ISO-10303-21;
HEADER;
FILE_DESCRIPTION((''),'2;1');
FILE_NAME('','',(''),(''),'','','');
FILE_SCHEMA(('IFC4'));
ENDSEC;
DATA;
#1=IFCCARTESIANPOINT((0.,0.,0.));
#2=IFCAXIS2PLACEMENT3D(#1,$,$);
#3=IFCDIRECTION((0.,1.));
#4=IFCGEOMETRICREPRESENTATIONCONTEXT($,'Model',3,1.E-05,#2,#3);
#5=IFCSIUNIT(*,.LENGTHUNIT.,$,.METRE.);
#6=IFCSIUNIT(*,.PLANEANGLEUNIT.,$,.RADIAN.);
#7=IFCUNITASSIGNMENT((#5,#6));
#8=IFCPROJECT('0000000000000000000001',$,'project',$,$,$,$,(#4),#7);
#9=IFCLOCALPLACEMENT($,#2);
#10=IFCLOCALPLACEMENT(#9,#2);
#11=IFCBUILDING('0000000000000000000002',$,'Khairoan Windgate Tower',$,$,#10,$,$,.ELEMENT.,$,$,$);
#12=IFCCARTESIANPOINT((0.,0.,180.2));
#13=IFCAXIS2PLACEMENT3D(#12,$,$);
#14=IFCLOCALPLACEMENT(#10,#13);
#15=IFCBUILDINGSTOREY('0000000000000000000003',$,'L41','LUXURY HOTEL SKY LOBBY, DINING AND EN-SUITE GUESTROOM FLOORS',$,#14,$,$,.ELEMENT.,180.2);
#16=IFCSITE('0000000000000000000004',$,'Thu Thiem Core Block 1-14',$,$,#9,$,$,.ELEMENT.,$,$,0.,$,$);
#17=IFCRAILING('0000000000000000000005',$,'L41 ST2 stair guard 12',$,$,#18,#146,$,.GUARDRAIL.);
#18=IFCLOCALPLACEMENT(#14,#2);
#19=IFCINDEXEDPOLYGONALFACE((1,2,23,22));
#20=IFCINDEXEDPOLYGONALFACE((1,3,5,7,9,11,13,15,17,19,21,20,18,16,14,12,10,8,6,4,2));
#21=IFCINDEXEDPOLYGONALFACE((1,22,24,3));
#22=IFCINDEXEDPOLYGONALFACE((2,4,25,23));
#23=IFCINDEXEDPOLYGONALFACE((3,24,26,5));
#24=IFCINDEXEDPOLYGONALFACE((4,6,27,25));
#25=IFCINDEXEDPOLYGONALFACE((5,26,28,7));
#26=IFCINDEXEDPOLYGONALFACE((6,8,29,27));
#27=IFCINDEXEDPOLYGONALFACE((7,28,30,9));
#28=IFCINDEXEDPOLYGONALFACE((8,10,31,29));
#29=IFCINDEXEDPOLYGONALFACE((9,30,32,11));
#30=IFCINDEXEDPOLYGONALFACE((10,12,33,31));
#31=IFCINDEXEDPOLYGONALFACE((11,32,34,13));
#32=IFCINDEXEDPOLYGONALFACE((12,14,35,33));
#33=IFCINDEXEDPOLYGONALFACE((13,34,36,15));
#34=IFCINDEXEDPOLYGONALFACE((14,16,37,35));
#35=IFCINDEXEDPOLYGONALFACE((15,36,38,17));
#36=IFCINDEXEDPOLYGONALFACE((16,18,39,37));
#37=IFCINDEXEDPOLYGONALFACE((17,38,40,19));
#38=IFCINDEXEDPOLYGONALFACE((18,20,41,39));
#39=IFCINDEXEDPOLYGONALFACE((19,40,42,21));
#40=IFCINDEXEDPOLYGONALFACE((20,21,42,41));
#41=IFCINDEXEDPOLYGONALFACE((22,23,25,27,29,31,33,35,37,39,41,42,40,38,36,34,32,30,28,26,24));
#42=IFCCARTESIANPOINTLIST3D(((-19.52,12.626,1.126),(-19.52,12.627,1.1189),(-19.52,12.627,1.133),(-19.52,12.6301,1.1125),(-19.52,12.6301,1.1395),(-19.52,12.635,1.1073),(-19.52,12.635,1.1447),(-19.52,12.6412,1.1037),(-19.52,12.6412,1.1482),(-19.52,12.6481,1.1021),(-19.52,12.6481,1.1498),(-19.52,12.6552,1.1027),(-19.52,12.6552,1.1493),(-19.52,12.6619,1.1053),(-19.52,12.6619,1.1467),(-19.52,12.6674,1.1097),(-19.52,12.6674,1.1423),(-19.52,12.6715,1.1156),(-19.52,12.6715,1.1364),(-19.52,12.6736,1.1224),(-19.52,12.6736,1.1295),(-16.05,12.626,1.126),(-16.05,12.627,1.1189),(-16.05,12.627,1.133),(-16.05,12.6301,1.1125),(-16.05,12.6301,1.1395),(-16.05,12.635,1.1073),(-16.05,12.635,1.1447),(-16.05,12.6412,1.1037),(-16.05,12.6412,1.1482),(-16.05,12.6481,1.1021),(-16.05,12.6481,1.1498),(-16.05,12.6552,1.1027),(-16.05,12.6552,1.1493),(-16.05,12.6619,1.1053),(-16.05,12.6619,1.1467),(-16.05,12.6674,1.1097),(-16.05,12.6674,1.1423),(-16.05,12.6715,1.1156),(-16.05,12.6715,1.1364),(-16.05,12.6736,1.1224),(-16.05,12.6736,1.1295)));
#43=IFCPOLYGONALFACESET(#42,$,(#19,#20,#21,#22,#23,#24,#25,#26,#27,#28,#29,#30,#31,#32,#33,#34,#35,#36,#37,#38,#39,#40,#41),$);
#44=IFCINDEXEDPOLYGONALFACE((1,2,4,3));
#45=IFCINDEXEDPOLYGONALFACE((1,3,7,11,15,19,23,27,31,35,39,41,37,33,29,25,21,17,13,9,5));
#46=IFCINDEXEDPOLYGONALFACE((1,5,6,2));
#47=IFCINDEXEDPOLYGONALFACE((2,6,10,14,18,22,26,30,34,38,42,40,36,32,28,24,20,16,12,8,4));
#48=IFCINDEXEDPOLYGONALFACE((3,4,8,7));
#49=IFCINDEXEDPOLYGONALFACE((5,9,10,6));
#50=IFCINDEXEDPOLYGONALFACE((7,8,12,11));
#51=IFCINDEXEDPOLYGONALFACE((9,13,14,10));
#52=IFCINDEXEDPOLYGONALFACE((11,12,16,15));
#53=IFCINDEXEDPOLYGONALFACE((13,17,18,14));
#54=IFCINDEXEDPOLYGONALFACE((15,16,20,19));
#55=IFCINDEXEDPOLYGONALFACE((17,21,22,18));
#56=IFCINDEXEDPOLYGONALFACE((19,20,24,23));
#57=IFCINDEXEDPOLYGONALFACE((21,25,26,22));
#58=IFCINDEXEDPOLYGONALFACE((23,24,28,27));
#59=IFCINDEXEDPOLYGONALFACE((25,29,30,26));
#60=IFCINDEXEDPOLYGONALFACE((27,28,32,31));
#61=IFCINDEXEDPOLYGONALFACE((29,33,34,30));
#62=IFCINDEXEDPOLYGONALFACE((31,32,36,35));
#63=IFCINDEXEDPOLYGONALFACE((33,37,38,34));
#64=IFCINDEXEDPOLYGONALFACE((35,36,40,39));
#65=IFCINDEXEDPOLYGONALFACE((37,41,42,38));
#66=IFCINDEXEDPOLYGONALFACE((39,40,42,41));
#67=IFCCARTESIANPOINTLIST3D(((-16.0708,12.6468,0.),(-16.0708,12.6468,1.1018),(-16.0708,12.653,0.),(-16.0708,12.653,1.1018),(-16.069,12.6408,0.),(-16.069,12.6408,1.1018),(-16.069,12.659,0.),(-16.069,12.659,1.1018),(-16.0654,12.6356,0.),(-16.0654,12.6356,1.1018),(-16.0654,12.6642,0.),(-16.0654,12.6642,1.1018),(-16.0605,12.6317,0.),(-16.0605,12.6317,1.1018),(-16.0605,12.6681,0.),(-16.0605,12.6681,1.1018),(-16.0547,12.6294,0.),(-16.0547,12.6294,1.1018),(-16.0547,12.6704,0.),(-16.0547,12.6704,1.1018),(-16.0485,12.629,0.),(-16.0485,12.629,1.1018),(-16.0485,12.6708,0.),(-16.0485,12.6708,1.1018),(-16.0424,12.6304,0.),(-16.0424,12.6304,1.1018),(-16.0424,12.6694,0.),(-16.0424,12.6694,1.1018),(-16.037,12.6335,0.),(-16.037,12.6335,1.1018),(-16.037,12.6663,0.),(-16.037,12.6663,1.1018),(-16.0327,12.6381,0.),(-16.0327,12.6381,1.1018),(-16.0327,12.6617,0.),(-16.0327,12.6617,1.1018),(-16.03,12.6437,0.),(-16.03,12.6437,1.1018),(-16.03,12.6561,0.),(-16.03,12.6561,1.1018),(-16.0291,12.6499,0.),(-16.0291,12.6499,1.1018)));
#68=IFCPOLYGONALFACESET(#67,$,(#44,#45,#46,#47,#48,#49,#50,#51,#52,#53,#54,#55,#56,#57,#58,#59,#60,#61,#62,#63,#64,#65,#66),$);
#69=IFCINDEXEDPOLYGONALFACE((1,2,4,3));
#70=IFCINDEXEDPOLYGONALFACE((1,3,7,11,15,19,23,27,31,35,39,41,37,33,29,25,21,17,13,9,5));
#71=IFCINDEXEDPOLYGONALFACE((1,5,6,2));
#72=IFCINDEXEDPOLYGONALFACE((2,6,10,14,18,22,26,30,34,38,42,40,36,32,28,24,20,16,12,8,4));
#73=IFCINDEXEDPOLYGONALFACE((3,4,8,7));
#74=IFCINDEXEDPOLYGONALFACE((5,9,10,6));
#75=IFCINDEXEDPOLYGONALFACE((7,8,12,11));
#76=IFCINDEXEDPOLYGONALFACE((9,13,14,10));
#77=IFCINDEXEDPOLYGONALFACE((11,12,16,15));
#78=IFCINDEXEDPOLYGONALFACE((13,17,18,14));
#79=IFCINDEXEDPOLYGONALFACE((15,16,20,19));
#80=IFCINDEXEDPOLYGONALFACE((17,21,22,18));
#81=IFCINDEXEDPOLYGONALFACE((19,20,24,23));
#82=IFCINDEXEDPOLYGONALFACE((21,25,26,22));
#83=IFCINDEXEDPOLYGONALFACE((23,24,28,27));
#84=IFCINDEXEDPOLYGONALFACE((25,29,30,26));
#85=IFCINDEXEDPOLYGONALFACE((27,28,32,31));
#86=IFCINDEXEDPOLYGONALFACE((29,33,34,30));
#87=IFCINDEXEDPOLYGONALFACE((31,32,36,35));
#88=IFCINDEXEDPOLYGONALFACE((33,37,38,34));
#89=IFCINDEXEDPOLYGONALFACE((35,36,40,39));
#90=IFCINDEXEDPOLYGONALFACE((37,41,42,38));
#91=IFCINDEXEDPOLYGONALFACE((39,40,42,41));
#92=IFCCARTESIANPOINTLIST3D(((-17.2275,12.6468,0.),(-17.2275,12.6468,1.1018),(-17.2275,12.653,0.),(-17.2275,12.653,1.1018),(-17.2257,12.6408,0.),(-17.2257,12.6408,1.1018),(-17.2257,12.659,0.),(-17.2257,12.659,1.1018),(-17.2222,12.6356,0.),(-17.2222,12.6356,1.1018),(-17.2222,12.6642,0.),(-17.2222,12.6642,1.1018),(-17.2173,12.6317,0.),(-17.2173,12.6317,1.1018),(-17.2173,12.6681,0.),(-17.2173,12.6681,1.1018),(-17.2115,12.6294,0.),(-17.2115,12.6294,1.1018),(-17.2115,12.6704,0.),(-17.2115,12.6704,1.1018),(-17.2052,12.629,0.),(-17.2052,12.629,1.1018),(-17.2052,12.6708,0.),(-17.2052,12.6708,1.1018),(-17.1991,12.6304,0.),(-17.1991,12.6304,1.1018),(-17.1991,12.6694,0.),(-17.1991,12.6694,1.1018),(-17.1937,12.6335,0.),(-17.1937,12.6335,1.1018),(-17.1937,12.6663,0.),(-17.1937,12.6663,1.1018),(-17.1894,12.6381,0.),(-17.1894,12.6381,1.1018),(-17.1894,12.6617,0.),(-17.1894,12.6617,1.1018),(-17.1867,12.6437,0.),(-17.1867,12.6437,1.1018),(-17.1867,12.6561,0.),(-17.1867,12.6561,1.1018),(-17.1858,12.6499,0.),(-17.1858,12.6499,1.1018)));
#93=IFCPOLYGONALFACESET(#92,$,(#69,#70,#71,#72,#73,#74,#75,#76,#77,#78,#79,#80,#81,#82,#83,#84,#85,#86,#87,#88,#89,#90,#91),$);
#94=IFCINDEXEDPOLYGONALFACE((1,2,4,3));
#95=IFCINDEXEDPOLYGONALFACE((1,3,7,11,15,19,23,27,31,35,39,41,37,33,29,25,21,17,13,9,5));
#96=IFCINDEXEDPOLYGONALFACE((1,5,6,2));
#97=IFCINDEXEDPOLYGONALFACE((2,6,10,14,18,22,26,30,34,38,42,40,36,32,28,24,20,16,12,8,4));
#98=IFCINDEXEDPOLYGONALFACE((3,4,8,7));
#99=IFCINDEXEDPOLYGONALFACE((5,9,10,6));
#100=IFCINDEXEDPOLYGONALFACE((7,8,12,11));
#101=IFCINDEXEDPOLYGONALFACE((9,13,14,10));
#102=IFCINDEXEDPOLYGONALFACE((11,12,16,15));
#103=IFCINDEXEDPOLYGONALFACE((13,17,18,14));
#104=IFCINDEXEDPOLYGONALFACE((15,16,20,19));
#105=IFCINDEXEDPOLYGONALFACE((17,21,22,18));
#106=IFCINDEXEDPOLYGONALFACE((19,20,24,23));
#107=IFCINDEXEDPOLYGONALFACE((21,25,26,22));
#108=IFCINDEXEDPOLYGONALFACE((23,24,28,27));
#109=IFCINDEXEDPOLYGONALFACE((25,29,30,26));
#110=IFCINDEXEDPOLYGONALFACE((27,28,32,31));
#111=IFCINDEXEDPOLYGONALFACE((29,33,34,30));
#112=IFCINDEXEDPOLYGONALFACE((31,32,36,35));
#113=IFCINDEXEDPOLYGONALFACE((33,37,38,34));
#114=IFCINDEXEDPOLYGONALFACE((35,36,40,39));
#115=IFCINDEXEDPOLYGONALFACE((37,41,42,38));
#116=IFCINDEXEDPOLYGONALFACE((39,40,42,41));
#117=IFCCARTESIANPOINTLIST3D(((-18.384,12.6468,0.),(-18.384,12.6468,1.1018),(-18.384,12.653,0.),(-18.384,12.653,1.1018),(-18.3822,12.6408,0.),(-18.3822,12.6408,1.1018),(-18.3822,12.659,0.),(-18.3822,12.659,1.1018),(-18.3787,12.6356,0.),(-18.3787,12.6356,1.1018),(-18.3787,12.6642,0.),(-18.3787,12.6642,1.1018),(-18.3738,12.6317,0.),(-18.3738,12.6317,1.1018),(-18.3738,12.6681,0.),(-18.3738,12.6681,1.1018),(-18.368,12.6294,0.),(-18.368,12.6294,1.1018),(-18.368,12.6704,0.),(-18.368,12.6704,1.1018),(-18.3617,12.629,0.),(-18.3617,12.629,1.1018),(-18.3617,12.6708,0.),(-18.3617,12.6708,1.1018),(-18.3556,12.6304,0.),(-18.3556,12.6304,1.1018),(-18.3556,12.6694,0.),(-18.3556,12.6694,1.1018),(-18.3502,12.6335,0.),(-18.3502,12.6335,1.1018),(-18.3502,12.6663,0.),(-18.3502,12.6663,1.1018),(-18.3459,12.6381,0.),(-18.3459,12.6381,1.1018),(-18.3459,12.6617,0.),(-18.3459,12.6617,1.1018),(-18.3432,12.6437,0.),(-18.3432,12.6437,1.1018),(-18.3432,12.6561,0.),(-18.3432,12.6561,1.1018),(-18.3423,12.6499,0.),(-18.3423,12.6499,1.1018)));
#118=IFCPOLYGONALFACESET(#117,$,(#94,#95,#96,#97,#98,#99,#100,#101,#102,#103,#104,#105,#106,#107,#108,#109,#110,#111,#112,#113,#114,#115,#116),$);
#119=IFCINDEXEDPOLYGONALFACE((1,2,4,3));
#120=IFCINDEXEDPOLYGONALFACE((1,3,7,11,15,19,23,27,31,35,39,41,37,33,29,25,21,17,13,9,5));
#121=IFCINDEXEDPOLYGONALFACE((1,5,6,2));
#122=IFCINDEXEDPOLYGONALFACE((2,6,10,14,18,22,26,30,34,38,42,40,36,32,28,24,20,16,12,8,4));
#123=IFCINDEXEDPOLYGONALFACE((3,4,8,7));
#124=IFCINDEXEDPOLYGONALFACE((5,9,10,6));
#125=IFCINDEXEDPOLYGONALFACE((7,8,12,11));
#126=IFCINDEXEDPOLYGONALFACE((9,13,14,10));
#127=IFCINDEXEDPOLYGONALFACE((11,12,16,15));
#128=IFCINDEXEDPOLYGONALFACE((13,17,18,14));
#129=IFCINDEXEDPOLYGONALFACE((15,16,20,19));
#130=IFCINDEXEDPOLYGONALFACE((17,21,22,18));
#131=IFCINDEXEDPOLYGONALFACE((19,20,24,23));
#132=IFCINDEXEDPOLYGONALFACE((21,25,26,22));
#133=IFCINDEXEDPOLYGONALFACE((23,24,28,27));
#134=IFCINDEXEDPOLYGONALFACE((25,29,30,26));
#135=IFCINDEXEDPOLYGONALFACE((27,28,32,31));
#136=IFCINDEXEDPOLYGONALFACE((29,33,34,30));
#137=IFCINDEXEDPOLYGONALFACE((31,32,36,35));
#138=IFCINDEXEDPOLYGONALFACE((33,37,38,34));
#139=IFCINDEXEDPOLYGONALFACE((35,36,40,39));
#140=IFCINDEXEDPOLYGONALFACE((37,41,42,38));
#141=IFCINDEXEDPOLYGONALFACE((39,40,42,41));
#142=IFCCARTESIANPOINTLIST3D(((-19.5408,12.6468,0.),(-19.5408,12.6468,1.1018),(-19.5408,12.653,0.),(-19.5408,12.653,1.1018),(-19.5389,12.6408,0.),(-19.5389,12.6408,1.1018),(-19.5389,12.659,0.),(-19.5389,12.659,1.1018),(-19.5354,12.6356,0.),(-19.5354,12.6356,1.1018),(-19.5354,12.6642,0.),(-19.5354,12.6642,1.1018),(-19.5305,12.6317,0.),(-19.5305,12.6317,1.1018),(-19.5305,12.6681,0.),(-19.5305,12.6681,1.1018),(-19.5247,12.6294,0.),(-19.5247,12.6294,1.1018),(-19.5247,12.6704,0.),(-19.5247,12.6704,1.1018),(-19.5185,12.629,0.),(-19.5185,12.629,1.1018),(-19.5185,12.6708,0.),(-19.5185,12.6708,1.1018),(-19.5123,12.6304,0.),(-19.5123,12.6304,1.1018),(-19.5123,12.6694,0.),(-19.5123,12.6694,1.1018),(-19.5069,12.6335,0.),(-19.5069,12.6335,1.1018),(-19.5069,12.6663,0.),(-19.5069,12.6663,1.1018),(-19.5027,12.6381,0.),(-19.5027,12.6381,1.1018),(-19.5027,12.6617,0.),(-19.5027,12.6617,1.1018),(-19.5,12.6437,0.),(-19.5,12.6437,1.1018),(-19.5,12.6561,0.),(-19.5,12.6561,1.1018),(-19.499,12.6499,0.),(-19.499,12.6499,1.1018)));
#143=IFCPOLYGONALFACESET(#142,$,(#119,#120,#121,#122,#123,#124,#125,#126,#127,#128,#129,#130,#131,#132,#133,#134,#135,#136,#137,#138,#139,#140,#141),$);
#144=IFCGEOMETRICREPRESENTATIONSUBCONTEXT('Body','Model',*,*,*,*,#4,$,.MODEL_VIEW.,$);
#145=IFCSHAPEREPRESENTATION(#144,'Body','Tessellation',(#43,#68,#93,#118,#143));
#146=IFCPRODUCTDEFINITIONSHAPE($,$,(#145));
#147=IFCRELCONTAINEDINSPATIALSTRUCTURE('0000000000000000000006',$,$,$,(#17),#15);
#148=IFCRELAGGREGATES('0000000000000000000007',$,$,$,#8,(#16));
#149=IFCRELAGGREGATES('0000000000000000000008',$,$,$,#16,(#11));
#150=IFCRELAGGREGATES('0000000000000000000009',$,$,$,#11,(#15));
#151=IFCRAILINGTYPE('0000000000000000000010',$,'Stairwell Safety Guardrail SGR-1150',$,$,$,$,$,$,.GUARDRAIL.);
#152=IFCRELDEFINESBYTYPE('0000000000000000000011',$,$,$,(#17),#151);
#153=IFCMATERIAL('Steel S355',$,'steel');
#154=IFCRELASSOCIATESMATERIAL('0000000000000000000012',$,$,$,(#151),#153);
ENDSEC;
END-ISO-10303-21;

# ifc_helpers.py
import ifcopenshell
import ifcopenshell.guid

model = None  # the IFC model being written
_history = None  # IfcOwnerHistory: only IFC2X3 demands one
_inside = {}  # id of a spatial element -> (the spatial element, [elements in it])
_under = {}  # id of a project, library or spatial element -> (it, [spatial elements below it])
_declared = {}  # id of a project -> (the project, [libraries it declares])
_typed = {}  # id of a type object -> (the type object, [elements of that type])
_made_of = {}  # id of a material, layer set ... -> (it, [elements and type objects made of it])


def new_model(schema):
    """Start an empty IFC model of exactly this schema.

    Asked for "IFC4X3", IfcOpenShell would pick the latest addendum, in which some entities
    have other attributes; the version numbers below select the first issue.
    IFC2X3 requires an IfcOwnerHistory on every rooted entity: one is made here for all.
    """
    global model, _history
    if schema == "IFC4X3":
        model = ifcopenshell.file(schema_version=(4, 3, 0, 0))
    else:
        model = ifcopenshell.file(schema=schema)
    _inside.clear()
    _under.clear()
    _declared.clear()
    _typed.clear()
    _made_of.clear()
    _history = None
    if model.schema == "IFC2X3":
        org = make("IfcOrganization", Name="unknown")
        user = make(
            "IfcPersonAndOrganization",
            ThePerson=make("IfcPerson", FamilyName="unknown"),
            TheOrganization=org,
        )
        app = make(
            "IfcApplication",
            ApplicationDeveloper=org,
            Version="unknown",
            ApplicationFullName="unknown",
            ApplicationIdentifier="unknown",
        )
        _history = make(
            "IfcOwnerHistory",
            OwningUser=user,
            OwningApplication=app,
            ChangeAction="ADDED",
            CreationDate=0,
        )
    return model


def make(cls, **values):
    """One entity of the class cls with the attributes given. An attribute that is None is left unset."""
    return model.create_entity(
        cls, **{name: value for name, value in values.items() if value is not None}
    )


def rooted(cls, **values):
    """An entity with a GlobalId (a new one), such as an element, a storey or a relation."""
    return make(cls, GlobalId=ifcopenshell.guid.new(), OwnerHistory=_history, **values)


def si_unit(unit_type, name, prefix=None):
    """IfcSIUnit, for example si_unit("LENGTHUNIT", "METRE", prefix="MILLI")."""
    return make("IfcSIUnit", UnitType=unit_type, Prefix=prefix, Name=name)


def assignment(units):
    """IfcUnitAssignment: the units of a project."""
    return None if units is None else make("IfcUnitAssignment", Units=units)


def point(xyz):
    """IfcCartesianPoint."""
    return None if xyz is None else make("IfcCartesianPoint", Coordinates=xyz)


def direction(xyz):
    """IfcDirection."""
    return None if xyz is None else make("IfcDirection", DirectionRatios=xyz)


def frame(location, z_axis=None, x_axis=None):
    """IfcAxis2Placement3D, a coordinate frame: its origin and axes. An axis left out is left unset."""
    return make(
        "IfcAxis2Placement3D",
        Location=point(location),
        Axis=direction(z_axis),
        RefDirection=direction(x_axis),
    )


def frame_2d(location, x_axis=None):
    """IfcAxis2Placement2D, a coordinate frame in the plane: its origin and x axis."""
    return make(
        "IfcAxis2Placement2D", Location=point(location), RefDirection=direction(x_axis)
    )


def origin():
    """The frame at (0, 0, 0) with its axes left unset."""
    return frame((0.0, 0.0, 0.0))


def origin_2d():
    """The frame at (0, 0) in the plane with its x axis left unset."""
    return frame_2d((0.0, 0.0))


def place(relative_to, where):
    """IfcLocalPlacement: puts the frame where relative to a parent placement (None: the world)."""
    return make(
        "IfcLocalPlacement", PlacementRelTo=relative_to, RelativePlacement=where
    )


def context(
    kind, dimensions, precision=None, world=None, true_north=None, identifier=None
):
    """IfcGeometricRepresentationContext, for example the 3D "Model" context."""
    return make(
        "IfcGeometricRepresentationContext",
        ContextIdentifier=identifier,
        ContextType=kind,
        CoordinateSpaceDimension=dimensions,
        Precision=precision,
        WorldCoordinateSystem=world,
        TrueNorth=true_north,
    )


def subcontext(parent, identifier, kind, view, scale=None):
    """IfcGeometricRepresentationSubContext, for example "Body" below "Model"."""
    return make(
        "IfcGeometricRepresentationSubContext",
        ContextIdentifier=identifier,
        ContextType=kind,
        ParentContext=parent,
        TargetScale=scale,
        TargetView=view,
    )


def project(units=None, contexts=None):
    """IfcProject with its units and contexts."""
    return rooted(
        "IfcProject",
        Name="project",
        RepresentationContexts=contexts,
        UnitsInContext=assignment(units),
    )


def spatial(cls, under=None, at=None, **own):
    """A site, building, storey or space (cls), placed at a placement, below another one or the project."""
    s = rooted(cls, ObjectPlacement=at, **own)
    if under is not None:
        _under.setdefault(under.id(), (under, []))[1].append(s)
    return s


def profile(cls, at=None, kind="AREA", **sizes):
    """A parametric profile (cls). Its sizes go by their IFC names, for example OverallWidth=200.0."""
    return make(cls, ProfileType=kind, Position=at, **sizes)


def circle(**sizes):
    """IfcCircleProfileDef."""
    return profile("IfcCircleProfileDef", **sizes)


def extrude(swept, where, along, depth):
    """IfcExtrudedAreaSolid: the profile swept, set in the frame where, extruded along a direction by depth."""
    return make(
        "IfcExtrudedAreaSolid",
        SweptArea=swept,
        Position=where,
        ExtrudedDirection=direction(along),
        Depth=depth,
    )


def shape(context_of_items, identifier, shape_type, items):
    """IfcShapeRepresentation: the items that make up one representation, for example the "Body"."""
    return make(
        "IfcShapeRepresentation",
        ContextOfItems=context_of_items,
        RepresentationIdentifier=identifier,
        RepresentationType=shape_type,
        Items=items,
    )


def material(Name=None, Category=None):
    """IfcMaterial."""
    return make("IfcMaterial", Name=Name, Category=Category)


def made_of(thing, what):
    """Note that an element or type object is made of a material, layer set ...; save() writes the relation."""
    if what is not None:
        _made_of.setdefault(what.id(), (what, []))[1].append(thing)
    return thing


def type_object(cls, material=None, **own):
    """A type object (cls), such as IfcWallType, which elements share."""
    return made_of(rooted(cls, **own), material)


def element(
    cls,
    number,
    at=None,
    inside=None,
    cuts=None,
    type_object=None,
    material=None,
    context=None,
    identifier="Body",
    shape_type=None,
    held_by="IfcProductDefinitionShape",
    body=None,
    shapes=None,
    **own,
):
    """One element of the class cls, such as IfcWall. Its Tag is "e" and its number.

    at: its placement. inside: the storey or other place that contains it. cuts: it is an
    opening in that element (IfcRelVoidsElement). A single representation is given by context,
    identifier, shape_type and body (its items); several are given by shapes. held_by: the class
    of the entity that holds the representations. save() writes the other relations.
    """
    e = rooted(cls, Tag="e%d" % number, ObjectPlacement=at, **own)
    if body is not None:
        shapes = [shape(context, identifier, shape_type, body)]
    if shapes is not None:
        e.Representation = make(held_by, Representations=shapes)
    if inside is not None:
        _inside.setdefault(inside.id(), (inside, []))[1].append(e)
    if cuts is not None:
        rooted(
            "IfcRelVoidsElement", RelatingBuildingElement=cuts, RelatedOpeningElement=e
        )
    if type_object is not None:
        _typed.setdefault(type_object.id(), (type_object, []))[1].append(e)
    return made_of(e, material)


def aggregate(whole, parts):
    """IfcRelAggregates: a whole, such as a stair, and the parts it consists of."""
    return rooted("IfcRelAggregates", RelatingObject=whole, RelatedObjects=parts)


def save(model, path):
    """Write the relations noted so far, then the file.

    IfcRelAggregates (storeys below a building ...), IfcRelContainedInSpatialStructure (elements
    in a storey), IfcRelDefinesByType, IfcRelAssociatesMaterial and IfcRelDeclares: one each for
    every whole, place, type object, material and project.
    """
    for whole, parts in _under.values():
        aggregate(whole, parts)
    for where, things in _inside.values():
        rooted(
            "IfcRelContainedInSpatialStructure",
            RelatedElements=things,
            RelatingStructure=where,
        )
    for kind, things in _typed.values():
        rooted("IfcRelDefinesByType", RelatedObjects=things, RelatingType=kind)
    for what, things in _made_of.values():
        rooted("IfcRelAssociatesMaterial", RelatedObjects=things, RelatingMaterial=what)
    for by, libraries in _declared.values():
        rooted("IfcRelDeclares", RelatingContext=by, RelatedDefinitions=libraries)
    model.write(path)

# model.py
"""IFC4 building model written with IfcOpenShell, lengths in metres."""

from ifc_helpers import new_model, si_unit, direction, frame, origin, origin_2d, place, context, subcontext, project, spatial, circle, extrude, material, type_object, element, save


model = new_model("IFC4")

# Units and contexts
model_context = context("Model", 3, precision=1e-05, world=origin(), true_north=direction((0.0, 1.0)))
body_context = subcontext(model_context, "Body", "Model", "MODEL_VIEW")
ifc_project = project(units=[si_unit("LENGTHUNIT", "METRE"), si_unit("PLANEANGLEUNIT", "RADIAN")], contexts=[model_context])

# Site, building, storey
site_placement = place(None, origin())
site = spatial("IfcSite", under=ifc_project, at=site_placement, Name="Thu Thiem Core Block 1-14", CompositionType="ELEMENT", RefElevation=0.0)
building_placement = place(site_placement, origin())
building = spatial("IfcBuilding", under=site, at=building_placement, Name="Khairoan Windgate Tower", CompositionType="ELEMENT")
storey_placement = place(building_placement, frame((0.0, 0.0, 180.2)))
storey = spatial("IfcBuildingStorey", under=building, at=storey_placement, Name="L41", Description="LUXURY HOTEL SKY LOBBY, DINING AND EN-SUITE GUESTROOM FLOORS", CompositionType="ELEMENT", Elevation=180.2)

# Railing
ifc_material_1 = material(Name="Steel S355", Category="steel")
railing_type = type_object("IfcRailingType", Name="Stairwell Safety Guardrail SGR-1150", PredefinedType="GUARDRAIL", material=ifc_material_1)
railing_1_placement = place(storey_placement, frame((-16.05, 12.6499, 0.0)))
element("IfcRailing", 1, at=railing_1_placement, inside=storey, type_object=railing_type, Name="L41 ST2 stair guard 12", PredefinedType="GUARDRAIL", context=body_context, shape_type="SweptSolid", body=[
    extrude(circle(Radius=0.0239, at=origin_2d()), frame((0.0, 0.0, 1.126), z_axis=(-1.0, 0.0, 0.0), x_axis=(0.0, -1.0, 0.0)), (0.0, 0.0, 1.0), 3.47),
    extrude(circle(Radius=0.021, at=origin_2d()), origin(), (0.0, 0.0, 1.0), 1.1018),
    extrude(circle(Radius=0.021, at=origin_2d()), frame((-1.1567, 0.0, 0.0)), (0.0, 0.0, 1.0), 1.1018),
    extrude(circle(Radius=0.021, at=origin_2d()), frame((-2.3132, 0.0, 0.0)), (0.0, 0.0, 1.0), 1.1018),
    extrude(circle(Radius=0.021, at=origin_2d()), frame((-3.47, 0.0, 0.0)), (0.0, 0.0, 1.0), 1.1018),
])

save(model, "model.ifc")
